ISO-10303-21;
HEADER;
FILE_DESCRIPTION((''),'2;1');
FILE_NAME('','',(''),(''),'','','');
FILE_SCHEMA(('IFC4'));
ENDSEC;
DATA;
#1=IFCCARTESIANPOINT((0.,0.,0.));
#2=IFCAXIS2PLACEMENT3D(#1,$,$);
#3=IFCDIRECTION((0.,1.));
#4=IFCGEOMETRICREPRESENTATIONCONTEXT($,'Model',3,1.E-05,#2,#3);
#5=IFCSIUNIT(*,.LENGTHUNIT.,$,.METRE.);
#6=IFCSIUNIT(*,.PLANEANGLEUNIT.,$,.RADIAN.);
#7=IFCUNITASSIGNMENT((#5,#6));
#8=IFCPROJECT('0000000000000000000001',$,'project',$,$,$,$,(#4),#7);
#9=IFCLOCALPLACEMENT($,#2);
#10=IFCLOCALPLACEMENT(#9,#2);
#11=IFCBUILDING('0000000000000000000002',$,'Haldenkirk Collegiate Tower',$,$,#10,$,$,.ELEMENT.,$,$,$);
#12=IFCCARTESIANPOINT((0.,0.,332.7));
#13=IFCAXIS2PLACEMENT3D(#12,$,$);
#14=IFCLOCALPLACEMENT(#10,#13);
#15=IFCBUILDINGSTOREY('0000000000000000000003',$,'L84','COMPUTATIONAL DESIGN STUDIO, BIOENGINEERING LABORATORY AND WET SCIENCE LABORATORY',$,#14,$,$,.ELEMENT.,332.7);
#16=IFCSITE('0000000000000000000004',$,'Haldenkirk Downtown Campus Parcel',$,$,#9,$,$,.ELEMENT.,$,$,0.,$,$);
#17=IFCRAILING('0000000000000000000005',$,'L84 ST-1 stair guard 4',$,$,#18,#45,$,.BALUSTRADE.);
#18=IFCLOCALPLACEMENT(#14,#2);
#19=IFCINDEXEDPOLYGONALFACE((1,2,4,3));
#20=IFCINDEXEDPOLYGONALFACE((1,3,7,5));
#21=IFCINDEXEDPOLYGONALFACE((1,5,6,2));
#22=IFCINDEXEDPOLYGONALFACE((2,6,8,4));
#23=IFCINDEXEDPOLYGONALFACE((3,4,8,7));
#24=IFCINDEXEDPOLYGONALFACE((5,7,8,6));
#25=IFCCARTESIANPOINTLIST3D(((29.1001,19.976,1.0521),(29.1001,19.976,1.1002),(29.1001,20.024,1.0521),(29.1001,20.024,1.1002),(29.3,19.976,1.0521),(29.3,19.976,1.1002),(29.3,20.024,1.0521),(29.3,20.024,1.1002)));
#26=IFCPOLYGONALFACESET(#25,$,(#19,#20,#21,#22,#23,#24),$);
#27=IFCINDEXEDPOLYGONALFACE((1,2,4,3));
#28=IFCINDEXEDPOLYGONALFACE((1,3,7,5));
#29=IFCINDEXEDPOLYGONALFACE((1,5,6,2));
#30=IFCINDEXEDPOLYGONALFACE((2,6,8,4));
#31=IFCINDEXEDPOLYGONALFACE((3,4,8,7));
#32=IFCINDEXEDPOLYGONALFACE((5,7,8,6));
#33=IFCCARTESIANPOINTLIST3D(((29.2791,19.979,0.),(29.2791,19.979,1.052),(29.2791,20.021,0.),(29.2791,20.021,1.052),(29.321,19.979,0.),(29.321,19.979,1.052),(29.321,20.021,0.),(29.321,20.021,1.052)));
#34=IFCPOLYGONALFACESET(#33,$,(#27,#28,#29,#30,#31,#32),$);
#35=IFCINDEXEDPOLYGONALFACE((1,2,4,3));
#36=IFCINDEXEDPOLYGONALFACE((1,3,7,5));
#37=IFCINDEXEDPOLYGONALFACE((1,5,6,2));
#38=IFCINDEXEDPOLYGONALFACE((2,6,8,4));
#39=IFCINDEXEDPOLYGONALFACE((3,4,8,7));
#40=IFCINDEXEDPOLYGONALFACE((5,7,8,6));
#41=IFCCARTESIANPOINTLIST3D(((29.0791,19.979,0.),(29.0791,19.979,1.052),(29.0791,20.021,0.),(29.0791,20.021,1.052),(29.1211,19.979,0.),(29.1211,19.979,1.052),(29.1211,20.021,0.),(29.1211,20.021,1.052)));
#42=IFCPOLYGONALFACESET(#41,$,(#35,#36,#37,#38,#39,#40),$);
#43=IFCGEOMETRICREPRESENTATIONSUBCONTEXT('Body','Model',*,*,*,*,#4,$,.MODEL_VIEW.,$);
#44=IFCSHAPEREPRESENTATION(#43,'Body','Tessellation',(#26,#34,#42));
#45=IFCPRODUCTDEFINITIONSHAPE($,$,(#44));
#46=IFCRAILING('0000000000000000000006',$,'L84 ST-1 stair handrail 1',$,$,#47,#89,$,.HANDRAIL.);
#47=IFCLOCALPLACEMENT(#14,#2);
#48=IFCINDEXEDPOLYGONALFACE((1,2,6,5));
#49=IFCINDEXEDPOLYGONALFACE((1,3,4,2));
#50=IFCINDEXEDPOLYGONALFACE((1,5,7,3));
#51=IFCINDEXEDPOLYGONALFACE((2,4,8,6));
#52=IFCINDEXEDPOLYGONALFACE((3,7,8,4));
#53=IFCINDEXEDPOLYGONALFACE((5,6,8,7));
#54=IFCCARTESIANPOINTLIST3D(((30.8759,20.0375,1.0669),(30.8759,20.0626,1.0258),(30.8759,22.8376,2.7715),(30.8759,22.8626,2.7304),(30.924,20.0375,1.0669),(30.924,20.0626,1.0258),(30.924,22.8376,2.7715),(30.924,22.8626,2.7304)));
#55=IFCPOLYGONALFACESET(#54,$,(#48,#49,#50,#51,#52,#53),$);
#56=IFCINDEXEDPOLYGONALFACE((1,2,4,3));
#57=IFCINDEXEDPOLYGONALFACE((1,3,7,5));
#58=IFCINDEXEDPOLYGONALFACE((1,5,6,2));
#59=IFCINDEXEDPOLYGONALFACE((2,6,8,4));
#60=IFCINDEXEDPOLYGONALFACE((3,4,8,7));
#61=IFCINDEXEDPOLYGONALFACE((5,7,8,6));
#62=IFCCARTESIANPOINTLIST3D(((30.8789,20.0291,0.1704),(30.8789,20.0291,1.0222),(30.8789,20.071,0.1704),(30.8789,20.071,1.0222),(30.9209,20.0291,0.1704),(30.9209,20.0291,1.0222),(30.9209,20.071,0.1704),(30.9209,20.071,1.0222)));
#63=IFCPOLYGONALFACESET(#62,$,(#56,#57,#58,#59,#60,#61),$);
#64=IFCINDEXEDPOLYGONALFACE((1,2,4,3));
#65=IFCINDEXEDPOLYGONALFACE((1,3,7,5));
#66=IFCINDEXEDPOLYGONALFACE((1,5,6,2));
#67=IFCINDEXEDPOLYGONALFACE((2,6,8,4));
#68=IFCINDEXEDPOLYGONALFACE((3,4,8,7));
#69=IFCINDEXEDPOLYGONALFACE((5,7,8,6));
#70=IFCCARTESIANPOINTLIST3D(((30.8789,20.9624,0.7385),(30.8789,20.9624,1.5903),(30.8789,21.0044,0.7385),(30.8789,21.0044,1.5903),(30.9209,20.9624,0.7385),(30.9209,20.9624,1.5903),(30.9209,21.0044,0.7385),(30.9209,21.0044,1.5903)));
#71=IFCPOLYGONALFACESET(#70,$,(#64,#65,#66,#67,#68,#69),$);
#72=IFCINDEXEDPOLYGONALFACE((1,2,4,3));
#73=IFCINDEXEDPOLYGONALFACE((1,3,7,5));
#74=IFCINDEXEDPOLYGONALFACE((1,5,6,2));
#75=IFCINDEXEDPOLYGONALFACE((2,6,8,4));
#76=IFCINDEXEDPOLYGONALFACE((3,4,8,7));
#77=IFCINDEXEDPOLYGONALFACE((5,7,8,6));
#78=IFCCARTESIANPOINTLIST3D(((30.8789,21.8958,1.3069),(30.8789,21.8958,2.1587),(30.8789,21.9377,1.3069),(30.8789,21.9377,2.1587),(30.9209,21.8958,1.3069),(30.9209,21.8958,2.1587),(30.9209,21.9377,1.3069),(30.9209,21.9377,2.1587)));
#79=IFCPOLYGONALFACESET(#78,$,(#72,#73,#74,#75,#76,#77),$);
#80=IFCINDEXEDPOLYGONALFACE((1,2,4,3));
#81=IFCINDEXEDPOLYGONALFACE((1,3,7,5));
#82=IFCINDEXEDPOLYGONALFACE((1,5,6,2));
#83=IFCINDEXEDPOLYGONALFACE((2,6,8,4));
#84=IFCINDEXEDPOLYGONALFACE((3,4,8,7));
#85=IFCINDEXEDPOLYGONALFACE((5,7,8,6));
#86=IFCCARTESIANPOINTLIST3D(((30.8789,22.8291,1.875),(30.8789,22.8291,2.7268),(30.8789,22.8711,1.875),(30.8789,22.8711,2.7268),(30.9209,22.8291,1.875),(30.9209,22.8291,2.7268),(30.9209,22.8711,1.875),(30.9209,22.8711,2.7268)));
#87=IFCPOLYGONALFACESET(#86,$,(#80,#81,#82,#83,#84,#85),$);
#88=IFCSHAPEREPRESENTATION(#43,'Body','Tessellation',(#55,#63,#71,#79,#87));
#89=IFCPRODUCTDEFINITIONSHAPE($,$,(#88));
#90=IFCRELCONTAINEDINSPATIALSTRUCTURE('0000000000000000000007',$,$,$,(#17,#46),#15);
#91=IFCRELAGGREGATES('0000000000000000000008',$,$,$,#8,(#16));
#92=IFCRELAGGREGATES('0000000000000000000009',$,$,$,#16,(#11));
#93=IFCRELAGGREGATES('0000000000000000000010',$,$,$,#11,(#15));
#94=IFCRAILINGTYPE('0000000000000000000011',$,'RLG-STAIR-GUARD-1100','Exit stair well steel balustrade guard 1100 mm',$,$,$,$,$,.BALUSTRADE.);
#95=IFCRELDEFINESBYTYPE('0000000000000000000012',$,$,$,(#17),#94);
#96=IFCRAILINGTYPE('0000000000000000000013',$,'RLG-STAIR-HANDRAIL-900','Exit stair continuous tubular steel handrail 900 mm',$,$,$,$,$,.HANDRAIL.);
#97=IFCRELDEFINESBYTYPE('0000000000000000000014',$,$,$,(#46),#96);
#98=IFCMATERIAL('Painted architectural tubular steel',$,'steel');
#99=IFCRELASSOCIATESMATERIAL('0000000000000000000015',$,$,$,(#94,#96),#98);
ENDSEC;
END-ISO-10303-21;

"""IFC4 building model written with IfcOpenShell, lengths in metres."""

from ifc_helpers import new_model, si_unit, direction, frame, origin, origin_2d, place, context, subcontext, project, spatial, rectangle, extrude, material, type_object, element, save


model = new_model("IFC4")

# Units and contexts
model_context = context("Model", 3, precision=1e-05, world=origin(), true_north=direction((0.0, 1.0)))
body_context = subcontext(model_context, "Body", "Model", "MODEL_VIEW")
ifc_project = project(units=[si_unit("LENGTHUNIT", "METRE"), si_unit("PLANEANGLEUNIT", "RADIAN")], contexts=[model_context])

# Site, building, storey
site_placement = place(None, origin())
site = spatial("IfcSite", under=ifc_project, at=site_placement, Name="Haldenkirk Downtown Campus Parcel", CompositionType="ELEMENT", RefElevation=0.0)
building_placement = place(site_placement, origin())
building = spatial("IfcBuilding", under=site, at=building_placement, Name="Haldenkirk Collegiate Tower", CompositionType="ELEMENT")
storey_placement = place(building_placement, frame((0.0, 0.0, 332.7)))
storey = spatial("IfcBuildingStorey", under=building, at=storey_placement, Name="L84", Description="COMPUTATIONAL DESIGN STUDIO, BIOENGINEERING LABORATORY AND WET SCIENCE LABORATORY", CompositionType="ELEMENT", Elevation=332.7)

# Railings
ifc_material_1 = material(Name="Painted architectural tubular steel", Category="steel")
railing_type_1 = type_object("IfcRailingType", Name="RLG-STAIR-GUARD-1100", Description="Exit stair well steel balustrade guard 1100 mm", PredefinedType="BALUSTRADE", material=ifc_material_1)
railing_1_placement = place(storey_placement, frame((29.3, 20.0, 0.0)))
element("IfcRailing", 1, at=railing_1_placement, inside=storey, type_object=railing_type_1, Name="L84 ST-1 stair guard 4", PredefinedType="BALUSTRADE", context=body_context, shape_type="SweptSolid", body=[
    extrude(rectangle(XDim=0.0481, YDim=0.0481, at=origin_2d()), frame((0.0, 0.0, 1.0762), z_axis=(-1.0, 0.0, 0.0), x_axis=(0.0, -1.0, 0.0)), (0.0, 0.0, 1.0), 0.2),
    extrude(rectangle(XDim=0.042, YDim=0.042, at=origin_2d()), origin(), (0.0, 0.0, 1.0), 1.052),
    extrude(rectangle(XDim=0.042, YDim=0.042, at=origin_2d()), frame((-0.2, 0.0, 0.0)), (0.0, 0.0, 1.0), 1.052),
])
railing_type_2 = type_object("IfcRailingType", Name="RLG-STAIR-HANDRAIL-900", Description="Exit stair continuous tubular steel handrail 900 mm", PredefinedType="HANDRAIL", material=ifc_material_1)
railing_2_placement = place(storey_placement, frame((30.8999, 20.05, 0.1704)))
element("IfcRailing", 2, at=railing_2_placement, inside=storey, type_object=railing_type_2, Name="L84 ST-1 stair handrail 1", PredefinedType="HANDRAIL", context=body_context, shape_type="SweptSolid", body=[
    extrude(rectangle(XDim=0.0481, YDim=0.0481, at=origin_2d()), frame((0.0, 0.0, 0.876), z_axis=(0.0, 0.85417, 0.519994), x_axis=(-1.0, 0.0, 0.0)), (0.0, 0.0, 1.0), 3.2781),
    extrude(rectangle(XDim=0.042, YDim=0.042, at=origin_2d()), origin(), (0.0, 0.0, 1.0), 0.8518),
    extrude(rectangle(XDim=0.042, YDim=0.042, at=origin_2d()), frame((0.0, 0.9333, 0.5681)), (0.0, 0.0, 1.0), 0.8518),
    extrude(rectangle(XDim=0.042, YDim=0.042, at=origin_2d()), frame((0.0, 1.8667, 1.1365)), (0.0, 0.0, 1.0), 0.8518),
    extrude(rectangle(XDim=0.042, YDim=0.042, at=origin_2d()), frame((0.0, 2.8, 1.7046)), (0.0, 0.0, 1.0), 0.8518),
])

save(model, "model.ifc")
